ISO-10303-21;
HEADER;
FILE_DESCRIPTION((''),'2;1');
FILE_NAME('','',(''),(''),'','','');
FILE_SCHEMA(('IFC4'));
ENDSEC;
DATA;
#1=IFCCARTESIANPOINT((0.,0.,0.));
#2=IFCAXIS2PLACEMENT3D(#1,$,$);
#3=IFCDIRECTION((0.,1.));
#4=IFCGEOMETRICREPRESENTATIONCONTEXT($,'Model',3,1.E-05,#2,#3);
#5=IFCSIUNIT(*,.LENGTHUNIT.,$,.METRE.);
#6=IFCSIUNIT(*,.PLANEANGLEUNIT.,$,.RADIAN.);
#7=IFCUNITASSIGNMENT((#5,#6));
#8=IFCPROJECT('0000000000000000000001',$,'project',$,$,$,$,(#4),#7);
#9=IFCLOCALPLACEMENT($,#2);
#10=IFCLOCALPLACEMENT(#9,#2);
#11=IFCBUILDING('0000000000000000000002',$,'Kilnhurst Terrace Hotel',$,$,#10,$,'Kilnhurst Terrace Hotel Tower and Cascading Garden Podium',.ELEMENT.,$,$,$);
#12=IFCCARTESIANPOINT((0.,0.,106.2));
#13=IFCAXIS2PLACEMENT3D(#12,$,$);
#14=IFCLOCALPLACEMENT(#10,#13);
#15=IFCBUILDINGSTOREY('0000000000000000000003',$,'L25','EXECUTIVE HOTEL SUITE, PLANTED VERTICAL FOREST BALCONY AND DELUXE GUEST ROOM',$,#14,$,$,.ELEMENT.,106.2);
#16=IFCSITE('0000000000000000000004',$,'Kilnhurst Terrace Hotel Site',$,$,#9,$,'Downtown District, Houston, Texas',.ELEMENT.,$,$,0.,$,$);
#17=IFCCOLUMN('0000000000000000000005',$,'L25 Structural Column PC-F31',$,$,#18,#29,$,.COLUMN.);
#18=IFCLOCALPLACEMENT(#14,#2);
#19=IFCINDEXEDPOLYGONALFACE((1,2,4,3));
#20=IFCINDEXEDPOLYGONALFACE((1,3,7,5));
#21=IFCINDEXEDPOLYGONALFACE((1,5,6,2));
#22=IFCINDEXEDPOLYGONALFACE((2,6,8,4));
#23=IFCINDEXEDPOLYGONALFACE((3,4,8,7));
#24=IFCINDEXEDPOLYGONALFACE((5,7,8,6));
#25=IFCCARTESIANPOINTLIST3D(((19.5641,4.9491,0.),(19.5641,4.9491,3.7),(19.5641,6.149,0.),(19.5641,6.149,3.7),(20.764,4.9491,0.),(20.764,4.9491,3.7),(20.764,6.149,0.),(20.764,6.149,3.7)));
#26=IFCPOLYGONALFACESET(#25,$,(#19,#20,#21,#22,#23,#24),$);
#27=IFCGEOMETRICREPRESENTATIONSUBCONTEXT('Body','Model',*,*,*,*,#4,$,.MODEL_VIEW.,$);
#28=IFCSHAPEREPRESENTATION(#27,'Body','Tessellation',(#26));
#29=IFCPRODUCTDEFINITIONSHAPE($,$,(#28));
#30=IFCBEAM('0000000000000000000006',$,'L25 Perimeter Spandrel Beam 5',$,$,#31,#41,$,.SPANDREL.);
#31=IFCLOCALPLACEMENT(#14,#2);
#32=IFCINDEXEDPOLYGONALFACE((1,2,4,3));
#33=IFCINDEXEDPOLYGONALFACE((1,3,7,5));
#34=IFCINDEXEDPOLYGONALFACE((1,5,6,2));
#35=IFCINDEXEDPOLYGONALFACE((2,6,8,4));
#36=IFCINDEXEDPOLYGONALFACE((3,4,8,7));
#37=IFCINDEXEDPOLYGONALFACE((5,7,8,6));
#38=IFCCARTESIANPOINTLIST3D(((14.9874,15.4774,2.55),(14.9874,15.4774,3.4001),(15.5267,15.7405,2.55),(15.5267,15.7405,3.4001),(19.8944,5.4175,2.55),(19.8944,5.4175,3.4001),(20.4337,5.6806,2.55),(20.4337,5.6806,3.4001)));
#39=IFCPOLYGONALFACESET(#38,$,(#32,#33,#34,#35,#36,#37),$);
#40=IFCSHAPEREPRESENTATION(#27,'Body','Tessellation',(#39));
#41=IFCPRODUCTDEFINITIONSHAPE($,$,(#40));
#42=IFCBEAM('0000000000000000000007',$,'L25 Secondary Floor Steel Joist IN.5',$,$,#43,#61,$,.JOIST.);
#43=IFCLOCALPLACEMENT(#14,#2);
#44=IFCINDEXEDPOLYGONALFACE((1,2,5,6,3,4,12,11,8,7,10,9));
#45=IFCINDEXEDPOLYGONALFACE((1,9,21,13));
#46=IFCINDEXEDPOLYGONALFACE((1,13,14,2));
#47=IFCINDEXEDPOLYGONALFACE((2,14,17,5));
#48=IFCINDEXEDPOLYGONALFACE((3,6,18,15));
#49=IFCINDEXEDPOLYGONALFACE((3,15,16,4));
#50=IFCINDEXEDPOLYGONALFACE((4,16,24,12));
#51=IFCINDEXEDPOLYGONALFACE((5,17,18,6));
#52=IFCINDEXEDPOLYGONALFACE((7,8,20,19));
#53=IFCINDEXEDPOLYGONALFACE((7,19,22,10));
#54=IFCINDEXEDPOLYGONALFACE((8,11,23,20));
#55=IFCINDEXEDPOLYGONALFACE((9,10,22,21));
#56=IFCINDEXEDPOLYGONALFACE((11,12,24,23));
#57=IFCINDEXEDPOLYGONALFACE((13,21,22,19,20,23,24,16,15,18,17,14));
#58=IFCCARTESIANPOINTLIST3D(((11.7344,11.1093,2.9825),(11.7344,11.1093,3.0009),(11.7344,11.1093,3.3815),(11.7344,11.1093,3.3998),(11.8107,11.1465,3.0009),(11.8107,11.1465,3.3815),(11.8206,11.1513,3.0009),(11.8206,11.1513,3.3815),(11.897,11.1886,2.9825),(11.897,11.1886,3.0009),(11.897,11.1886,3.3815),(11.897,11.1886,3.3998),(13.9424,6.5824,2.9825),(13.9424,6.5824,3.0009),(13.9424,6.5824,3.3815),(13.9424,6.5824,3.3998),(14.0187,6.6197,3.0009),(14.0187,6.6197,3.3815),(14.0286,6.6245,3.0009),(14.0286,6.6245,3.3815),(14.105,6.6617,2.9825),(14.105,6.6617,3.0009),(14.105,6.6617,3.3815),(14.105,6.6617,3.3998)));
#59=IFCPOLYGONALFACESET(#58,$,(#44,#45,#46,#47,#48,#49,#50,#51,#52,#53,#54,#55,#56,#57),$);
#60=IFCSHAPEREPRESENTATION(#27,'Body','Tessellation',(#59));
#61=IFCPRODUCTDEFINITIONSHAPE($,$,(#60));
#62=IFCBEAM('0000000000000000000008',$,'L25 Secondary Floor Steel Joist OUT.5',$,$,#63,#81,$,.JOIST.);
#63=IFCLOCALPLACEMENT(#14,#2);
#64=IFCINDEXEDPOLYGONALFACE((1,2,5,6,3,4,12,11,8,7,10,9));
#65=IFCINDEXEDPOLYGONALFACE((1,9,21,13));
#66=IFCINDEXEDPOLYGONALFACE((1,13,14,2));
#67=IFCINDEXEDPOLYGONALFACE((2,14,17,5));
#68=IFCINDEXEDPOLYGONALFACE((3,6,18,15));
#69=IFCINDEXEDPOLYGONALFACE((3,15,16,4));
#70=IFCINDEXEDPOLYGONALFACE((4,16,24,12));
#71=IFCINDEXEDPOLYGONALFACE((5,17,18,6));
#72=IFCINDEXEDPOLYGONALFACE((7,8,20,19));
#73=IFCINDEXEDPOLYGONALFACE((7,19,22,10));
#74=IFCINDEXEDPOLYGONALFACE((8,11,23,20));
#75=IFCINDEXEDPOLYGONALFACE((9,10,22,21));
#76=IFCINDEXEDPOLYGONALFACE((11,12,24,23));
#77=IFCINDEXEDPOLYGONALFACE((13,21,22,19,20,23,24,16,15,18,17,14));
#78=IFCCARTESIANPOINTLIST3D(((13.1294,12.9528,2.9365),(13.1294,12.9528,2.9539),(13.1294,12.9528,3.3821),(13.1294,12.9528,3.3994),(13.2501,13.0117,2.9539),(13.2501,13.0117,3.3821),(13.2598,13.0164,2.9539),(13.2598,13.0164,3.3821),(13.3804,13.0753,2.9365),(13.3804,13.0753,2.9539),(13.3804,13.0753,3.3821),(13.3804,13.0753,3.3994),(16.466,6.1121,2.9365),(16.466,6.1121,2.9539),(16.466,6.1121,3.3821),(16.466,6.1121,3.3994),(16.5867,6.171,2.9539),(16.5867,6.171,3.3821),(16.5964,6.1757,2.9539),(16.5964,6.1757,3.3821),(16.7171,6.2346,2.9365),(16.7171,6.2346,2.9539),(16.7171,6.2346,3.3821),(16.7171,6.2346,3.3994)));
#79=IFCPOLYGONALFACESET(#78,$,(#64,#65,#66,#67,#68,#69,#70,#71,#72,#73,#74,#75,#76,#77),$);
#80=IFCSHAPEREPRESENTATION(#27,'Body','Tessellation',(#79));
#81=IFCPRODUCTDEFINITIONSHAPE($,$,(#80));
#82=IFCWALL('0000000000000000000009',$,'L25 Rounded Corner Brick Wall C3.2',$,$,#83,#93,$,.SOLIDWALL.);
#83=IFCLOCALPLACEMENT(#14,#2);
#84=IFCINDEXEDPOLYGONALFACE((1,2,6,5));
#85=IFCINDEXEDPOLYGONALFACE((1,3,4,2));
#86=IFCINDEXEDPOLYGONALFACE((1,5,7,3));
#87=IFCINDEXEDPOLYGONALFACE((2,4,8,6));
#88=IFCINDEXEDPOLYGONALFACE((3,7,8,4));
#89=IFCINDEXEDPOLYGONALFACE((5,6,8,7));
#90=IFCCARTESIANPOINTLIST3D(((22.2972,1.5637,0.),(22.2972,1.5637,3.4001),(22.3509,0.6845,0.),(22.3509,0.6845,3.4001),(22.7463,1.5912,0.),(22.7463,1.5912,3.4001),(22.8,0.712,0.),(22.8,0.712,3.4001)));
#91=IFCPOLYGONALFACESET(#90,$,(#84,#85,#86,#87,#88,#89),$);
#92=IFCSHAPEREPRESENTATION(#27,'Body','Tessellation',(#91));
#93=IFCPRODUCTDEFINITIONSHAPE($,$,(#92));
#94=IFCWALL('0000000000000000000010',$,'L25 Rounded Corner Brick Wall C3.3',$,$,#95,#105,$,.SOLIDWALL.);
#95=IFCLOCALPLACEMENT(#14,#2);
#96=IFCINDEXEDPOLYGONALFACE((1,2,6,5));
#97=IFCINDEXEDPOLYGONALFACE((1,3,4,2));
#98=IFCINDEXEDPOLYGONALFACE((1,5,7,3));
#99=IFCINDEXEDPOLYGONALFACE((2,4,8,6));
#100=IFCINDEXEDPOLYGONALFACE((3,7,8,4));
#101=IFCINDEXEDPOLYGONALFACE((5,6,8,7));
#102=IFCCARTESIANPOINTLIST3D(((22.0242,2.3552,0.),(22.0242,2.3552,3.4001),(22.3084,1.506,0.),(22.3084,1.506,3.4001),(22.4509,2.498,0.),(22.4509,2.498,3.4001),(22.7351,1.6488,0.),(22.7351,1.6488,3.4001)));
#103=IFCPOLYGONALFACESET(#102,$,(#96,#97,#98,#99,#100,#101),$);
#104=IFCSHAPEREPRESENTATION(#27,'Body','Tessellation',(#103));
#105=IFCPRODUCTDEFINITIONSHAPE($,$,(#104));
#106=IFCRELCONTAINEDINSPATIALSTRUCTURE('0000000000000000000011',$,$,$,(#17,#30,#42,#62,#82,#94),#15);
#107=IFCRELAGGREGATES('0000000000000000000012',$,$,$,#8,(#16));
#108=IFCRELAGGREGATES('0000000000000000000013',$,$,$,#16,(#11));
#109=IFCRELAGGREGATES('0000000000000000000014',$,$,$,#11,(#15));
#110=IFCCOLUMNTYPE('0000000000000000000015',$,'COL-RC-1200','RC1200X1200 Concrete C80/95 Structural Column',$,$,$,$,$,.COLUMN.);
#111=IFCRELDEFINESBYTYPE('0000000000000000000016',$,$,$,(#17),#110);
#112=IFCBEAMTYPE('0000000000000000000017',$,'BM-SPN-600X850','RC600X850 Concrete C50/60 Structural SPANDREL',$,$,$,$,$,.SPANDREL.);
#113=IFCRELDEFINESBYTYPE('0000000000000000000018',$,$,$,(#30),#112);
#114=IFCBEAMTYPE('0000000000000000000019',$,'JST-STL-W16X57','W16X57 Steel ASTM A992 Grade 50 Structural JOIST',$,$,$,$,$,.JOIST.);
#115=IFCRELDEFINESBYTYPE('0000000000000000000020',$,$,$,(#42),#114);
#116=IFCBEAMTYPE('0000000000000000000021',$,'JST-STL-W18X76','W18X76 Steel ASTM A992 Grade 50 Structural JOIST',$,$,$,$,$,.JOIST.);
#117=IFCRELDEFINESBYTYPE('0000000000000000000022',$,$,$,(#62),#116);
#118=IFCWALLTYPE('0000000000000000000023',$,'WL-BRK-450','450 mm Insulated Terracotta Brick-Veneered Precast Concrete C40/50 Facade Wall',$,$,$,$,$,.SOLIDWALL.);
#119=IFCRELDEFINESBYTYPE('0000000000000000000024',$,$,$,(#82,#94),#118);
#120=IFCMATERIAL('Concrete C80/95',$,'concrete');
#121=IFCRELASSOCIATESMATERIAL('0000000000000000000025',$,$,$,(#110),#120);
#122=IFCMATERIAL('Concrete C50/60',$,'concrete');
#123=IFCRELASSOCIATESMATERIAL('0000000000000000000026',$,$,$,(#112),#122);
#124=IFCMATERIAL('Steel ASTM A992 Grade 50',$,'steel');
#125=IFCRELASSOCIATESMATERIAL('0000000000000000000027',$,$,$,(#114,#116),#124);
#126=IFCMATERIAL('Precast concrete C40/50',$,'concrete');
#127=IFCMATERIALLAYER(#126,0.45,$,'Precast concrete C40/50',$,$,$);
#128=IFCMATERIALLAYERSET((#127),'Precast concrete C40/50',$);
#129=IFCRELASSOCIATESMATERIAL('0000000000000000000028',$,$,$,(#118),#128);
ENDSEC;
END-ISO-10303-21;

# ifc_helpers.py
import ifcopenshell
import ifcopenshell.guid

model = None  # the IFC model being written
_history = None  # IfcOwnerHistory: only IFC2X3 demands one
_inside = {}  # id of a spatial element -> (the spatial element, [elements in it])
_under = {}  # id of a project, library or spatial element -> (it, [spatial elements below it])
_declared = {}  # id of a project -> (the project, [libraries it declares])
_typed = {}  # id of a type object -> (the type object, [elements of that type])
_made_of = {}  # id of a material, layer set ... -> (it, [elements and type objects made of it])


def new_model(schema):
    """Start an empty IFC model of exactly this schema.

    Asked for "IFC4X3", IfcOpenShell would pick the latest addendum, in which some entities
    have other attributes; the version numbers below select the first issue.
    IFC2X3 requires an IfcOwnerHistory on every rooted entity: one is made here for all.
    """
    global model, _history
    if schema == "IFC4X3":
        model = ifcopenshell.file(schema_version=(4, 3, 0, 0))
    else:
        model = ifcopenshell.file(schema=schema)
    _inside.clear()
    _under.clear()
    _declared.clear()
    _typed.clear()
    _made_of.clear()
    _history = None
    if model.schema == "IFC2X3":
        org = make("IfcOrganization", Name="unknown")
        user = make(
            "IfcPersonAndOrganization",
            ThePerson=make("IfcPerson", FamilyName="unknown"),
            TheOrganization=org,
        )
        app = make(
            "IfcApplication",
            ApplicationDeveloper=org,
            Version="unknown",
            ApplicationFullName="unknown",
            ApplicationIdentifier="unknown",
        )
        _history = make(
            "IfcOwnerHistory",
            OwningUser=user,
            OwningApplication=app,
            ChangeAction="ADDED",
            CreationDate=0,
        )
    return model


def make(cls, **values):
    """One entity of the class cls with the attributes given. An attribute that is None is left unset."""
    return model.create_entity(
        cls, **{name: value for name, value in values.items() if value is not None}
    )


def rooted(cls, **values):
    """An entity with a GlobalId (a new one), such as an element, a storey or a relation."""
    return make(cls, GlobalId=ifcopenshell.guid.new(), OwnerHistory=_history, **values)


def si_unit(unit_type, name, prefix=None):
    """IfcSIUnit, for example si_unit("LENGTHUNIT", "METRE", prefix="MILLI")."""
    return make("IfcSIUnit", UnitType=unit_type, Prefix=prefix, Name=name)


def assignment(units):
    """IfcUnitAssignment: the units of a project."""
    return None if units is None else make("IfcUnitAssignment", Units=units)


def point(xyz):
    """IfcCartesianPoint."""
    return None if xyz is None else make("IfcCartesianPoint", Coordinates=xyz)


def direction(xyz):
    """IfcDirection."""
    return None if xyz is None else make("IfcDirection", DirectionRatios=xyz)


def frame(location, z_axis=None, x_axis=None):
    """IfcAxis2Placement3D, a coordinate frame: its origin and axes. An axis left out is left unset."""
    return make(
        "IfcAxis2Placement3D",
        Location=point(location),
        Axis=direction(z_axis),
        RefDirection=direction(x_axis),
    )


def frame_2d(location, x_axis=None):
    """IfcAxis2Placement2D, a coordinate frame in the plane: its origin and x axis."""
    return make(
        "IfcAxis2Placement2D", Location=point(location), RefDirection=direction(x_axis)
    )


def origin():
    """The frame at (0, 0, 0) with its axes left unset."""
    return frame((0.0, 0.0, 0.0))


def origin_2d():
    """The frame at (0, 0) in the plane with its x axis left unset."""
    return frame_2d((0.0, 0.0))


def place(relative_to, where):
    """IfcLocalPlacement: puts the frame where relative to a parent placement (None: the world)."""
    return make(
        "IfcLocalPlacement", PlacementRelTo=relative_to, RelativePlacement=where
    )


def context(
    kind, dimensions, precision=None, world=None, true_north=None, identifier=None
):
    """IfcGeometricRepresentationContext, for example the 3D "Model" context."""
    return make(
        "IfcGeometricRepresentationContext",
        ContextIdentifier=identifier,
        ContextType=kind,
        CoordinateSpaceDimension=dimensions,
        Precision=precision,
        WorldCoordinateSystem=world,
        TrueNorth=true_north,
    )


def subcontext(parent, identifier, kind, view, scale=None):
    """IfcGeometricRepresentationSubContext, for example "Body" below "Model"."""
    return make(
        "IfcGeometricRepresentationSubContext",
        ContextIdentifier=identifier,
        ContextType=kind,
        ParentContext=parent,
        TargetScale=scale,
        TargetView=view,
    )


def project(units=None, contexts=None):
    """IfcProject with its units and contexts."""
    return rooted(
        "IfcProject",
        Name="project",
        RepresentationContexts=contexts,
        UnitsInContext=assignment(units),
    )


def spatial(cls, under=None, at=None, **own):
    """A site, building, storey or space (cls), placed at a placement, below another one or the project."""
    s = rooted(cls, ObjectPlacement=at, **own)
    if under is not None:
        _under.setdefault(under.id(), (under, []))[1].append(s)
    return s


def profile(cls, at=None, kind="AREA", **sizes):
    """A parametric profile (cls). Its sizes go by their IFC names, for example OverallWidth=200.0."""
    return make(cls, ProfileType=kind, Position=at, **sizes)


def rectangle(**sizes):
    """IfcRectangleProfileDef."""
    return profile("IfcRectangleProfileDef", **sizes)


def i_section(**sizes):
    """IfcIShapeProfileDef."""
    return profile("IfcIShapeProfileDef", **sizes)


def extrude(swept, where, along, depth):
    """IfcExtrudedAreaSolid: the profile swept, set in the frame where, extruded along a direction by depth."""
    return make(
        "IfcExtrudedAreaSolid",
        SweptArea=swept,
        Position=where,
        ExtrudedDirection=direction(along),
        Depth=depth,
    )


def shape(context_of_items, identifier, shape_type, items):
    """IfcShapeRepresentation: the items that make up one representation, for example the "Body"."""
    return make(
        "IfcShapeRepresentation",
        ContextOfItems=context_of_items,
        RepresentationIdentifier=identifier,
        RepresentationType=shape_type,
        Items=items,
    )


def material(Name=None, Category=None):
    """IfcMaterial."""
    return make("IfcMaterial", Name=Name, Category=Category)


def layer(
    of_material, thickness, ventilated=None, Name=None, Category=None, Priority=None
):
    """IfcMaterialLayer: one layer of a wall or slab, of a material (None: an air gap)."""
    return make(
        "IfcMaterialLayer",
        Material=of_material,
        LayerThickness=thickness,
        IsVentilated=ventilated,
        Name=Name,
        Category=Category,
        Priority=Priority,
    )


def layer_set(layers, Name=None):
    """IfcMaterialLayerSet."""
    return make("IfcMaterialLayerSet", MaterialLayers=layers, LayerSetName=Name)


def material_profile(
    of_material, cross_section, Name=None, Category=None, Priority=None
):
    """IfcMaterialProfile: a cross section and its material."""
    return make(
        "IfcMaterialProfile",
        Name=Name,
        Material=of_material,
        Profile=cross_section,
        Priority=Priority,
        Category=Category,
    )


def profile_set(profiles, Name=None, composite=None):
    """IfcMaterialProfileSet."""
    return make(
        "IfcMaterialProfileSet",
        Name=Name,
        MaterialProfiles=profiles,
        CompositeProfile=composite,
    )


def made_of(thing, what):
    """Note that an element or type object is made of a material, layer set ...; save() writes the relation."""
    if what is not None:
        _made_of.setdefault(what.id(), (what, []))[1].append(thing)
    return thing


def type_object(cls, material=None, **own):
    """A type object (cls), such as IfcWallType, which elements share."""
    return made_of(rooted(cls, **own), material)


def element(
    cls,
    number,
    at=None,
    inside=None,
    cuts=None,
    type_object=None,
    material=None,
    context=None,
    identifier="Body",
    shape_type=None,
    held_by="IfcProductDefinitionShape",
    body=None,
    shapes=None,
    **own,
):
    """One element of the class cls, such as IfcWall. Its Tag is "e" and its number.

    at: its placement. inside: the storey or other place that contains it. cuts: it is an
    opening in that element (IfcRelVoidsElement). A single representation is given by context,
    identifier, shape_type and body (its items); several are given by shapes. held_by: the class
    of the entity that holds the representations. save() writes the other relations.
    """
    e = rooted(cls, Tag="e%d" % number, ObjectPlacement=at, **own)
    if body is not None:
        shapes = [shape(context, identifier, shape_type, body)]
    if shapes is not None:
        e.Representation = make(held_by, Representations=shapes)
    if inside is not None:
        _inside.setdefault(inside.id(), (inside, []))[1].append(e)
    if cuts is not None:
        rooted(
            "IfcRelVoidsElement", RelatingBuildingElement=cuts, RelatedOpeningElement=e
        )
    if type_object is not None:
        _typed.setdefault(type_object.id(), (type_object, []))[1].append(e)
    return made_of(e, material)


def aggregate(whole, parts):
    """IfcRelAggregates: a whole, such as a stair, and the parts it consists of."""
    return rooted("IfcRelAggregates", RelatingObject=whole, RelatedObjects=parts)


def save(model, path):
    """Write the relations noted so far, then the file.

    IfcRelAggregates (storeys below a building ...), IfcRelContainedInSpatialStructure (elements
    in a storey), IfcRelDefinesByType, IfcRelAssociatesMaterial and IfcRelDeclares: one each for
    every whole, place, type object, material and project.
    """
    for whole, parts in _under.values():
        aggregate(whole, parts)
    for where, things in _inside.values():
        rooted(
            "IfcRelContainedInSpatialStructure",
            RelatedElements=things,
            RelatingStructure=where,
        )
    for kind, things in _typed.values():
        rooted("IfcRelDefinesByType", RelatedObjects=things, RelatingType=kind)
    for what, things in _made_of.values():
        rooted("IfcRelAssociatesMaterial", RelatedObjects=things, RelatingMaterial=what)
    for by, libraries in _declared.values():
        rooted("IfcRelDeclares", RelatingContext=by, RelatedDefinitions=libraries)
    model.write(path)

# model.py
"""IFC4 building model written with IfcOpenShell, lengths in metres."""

from ifc_helpers import new_model, si_unit, direction, frame, frame_2d, origin, origin_2d, place, context, subcontext, project, spatial, rectangle, i_section, extrude, material, layer, layer_set, material_profile, profile_set, type_object, element, save


model = new_model("IFC4")

# Units and contexts
model_context = context("Model", 3, precision=1e-05, world=origin(), true_north=direction((0.0, 1.0)))
body_context = subcontext(model_context, "Body", "Model", "MODEL_VIEW")
ifc_project = project(units=[si_unit("LENGTHUNIT", "METRE"), si_unit("PLANEANGLEUNIT", "RADIAN")], contexts=[model_context])

# Site, building, storey
site_placement = place(None, origin())
site = spatial("IfcSite", under=ifc_project, at=site_placement, Name="Kilnhurst Terrace Hotel Site", LongName="Downtown District, Houston, Texas", CompositionType="ELEMENT", RefElevation=0.0)
building_placement = place(site_placement, origin())
building = spatial("IfcBuilding", under=site, at=building_placement, Name="Kilnhurst Terrace Hotel", LongName="Kilnhurst Terrace Hotel Tower and Cascading Garden Podium", CompositionType="ELEMENT")
storey_placement = place(building_placement, frame((0.0, 0.0, 106.2)))
storey = spatial("IfcBuildingStorey", under=building, at=storey_placement, Name="L25", Description="EXECUTIVE HOTEL SUITE, PLANTED VERTICAL FOREST BALCONY AND DELUXE GUEST ROOM", CompositionType="ELEMENT", Elevation=106.2)

# Column
ifc_material_1 = material(Name="Concrete C80/95", Category="concrete")
ifc_material_profile_1 = material_profile(ifc_material_1, rectangle(XDim=1.2, YDim=1.2, at=origin_2d()), Name="RC1200X1200")
ifc_profile_set_1 = profile_set([ifc_material_profile_1], Name="Concrete C80/95")
column_type = type_object("IfcColumnType", Name="COL-RC-1200", Description="RC1200X1200 Concrete C80/95 Structural Column", PredefinedType="COLUMN", material=ifc_profile_set_1)
column_placement = place(storey_placement, frame((20.1641, 5.5491, 0.0), z_axis=(0.0, 0.0, 1.0), x_axis=(1.0, 0.0, 0.0)))
element("IfcColumn", 1, at=column_placement, inside=storey, type_object=column_type, Name="L25 Structural Column PC-F31", PredefinedType="COLUMN", context=body_context, shape_type="SweptSolid", body=[
    extrude(rectangle(XDim=1.2, YDim=1.2, at=origin_2d()), origin(), (0.0, 0.0, 1.0), 3.7),
])

# Beams
ifc_material_2 = material(Name="Concrete C50/60", Category="concrete")
ifc_material_profile_2 = material_profile(ifc_material_2, rectangle(XDim=0.6001, YDim=0.8501, at=origin_2d()), Name="RC600X850")
ifc_profile_set_2 = profile_set([ifc_material_profile_2], Name="Concrete C50/60")
beam_type_1 = type_object("IfcBeamType", Name="BM-SPN-600X850", Description="RC600X850 Concrete C50/60 Structural SPANDREL", PredefinedType="SPANDREL", material=ifc_profile_set_2)
beam_1_placement = place(storey_placement, frame((20.1641, 5.5491, 2.9751), z_axis=(-0.438406, 0.898777, 0.0), x_axis=(-0.898777, -0.438406, 0.0)))
element("IfcBeam", 2, at=beam_1_placement, inside=storey, type_object=beam_type_1, Name="L25 Perimeter Spandrel Beam 5", PredefinedType="SPANDREL", context=body_context, shape_type="SweptSolid", body=[
    extrude(rectangle(XDim=0.6001, YDim=0.8501, at=origin_2d()), origin(), (0.0, 0.0, 1.0), 11.1929),
])
ifc_material_3 = material(Name="Steel ASTM A992 Grade 50", Category="steel")
ifc_material_profile_3 = material_profile(ifc_material_3, i_section(OverallWidth=0.1809, OverallDepth=0.4172, WebThickness=0.011, FlangeThickness=0.0183, at=origin_2d()), Name="W16X57")
ifc_profile_set_3 = profile_set([ifc_material_profile_3], Name="Steel ASTM A992 Grade 50")
beam_type_2 = type_object("IfcBeamType", Name="JST-STL-W16X57", Description="W16X57 Steel ASTM A992 Grade 50 Structural JOIST", PredefinedType="JOIST", material=ifc_profile_set_3)
beam_2_placement = place(storey_placement, frame((14.0237, 6.6221, 3.1912), z_axis=(-0.438389, 0.898785, 0.0), x_axis=(-0.898785, -0.438389, 0.0)))
element("IfcBeam", 3, at=beam_2_placement, inside=storey, type_object=beam_type_2, Name="L25 Secondary Floor Steel Joist IN.5", PredefinedType="JOIST", context=body_context, shape_type="SweptSolid", body=[
    extrude(i_section(OverallWidth=0.1809, OverallDepth=0.4172, WebThickness=0.011, FlangeThickness=0.0183, at=origin_2d()), origin(), (0.0, 0.0, 1.0), 5.0366),
])
ifc_material_profile_4 = material_profile(ifc_material_3, i_section(OverallWidth=0.2793, OverallDepth=0.4629, WebThickness=0.0107, FlangeThickness=0.0173, at=origin_2d()), Name="W18X76")
ifc_profile_set_4 = profile_set([ifc_material_profile_4], Name="Steel ASTM A992 Grade 50")
beam_type_3 = type_object("IfcBeamType", Name="JST-STL-W18X76", Description="W18X76 Steel ASTM A992 Grade 50 Structural JOIST", PredefinedType="JOIST", material=ifc_profile_set_4)
beam_3_placement = place(storey_placement, frame((16.5916, 6.1733, 3.168), z_axis=(-0.43839, 0.898785, 0.0), x_axis=(-0.898785, -0.43839, 0.0)))
element("IfcBeam", 4, at=beam_3_placement, inside=storey, type_object=beam_type_3, Name="L25 Secondary Floor Steel Joist OUT.5", PredefinedType="JOIST", context=body_context, shape_type="SweptSolid", body=[
    extrude(i_section(OverallWidth=0.2793, OverallDepth=0.4629, WebThickness=0.0107, FlangeThickness=0.0173, at=origin_2d()), origin(), (0.0, 0.0, 1.0), 7.6111),
])

# Walls
ifc_material_4 = material(Name="Precast concrete C40/50", Category="concrete")
ifc_layer_1 = layer(ifc_material_4, 0.45, Name="Precast concrete C40/50")
ifc_layer_set_1 = layer_set([ifc_layer_1], Name="Precast concrete C40/50")
wall_type_1 = type_object("IfcWallType", Name="WL-BRK-450", Description="450 mm Insulated Terracotta Brick-Veneered Precast Concrete C40/50 Facade Wall", PredefinedType="SOLIDWALL", material=ifc_layer_set_1)
wall_1_placement = place(storey_placement, frame((22.5754, 0.6982, 0.0), z_axis=(0.0, 0.0, 1.0), x_axis=(-0.06098, 0.998139, 0.0)))
element("IfcWall", 5, at=wall_1_placement, inside=storey, type_object=wall_type_1, Name="L25 Rounded Corner Brick Wall C3.2", PredefinedType="SOLIDWALL", context=body_context, shape_type="SweptSolid", body=[
    extrude(rectangle(XDim=0.8809, YDim=0.45, at=frame_2d((0.4404, 0.0))), origin(), (0.0, 0.0, 1.0), 3.4001),
])
wall_2_placement = place(storey_placement, frame((22.5217, 1.5774, 0.0), z_axis=(0.0, 0.0, 1.0), x_axis=(-0.317373, 0.948301, 0.0)))
element("IfcWall", 6, at=wall_2_placement, inside=storey, type_object=wall_type_1, Name="L25 Rounded Corner Brick Wall C3.3", PredefinedType="SOLIDWALL", context=body_context, shape_type="SweptSolid", body=[
    extrude(rectangle(XDim=0.8955, YDim=0.45, at=frame_2d((0.4478, 0.0))), origin(), (0.0, 0.0, 1.0), 3.4001),
])

save(model, "model.ifc")
